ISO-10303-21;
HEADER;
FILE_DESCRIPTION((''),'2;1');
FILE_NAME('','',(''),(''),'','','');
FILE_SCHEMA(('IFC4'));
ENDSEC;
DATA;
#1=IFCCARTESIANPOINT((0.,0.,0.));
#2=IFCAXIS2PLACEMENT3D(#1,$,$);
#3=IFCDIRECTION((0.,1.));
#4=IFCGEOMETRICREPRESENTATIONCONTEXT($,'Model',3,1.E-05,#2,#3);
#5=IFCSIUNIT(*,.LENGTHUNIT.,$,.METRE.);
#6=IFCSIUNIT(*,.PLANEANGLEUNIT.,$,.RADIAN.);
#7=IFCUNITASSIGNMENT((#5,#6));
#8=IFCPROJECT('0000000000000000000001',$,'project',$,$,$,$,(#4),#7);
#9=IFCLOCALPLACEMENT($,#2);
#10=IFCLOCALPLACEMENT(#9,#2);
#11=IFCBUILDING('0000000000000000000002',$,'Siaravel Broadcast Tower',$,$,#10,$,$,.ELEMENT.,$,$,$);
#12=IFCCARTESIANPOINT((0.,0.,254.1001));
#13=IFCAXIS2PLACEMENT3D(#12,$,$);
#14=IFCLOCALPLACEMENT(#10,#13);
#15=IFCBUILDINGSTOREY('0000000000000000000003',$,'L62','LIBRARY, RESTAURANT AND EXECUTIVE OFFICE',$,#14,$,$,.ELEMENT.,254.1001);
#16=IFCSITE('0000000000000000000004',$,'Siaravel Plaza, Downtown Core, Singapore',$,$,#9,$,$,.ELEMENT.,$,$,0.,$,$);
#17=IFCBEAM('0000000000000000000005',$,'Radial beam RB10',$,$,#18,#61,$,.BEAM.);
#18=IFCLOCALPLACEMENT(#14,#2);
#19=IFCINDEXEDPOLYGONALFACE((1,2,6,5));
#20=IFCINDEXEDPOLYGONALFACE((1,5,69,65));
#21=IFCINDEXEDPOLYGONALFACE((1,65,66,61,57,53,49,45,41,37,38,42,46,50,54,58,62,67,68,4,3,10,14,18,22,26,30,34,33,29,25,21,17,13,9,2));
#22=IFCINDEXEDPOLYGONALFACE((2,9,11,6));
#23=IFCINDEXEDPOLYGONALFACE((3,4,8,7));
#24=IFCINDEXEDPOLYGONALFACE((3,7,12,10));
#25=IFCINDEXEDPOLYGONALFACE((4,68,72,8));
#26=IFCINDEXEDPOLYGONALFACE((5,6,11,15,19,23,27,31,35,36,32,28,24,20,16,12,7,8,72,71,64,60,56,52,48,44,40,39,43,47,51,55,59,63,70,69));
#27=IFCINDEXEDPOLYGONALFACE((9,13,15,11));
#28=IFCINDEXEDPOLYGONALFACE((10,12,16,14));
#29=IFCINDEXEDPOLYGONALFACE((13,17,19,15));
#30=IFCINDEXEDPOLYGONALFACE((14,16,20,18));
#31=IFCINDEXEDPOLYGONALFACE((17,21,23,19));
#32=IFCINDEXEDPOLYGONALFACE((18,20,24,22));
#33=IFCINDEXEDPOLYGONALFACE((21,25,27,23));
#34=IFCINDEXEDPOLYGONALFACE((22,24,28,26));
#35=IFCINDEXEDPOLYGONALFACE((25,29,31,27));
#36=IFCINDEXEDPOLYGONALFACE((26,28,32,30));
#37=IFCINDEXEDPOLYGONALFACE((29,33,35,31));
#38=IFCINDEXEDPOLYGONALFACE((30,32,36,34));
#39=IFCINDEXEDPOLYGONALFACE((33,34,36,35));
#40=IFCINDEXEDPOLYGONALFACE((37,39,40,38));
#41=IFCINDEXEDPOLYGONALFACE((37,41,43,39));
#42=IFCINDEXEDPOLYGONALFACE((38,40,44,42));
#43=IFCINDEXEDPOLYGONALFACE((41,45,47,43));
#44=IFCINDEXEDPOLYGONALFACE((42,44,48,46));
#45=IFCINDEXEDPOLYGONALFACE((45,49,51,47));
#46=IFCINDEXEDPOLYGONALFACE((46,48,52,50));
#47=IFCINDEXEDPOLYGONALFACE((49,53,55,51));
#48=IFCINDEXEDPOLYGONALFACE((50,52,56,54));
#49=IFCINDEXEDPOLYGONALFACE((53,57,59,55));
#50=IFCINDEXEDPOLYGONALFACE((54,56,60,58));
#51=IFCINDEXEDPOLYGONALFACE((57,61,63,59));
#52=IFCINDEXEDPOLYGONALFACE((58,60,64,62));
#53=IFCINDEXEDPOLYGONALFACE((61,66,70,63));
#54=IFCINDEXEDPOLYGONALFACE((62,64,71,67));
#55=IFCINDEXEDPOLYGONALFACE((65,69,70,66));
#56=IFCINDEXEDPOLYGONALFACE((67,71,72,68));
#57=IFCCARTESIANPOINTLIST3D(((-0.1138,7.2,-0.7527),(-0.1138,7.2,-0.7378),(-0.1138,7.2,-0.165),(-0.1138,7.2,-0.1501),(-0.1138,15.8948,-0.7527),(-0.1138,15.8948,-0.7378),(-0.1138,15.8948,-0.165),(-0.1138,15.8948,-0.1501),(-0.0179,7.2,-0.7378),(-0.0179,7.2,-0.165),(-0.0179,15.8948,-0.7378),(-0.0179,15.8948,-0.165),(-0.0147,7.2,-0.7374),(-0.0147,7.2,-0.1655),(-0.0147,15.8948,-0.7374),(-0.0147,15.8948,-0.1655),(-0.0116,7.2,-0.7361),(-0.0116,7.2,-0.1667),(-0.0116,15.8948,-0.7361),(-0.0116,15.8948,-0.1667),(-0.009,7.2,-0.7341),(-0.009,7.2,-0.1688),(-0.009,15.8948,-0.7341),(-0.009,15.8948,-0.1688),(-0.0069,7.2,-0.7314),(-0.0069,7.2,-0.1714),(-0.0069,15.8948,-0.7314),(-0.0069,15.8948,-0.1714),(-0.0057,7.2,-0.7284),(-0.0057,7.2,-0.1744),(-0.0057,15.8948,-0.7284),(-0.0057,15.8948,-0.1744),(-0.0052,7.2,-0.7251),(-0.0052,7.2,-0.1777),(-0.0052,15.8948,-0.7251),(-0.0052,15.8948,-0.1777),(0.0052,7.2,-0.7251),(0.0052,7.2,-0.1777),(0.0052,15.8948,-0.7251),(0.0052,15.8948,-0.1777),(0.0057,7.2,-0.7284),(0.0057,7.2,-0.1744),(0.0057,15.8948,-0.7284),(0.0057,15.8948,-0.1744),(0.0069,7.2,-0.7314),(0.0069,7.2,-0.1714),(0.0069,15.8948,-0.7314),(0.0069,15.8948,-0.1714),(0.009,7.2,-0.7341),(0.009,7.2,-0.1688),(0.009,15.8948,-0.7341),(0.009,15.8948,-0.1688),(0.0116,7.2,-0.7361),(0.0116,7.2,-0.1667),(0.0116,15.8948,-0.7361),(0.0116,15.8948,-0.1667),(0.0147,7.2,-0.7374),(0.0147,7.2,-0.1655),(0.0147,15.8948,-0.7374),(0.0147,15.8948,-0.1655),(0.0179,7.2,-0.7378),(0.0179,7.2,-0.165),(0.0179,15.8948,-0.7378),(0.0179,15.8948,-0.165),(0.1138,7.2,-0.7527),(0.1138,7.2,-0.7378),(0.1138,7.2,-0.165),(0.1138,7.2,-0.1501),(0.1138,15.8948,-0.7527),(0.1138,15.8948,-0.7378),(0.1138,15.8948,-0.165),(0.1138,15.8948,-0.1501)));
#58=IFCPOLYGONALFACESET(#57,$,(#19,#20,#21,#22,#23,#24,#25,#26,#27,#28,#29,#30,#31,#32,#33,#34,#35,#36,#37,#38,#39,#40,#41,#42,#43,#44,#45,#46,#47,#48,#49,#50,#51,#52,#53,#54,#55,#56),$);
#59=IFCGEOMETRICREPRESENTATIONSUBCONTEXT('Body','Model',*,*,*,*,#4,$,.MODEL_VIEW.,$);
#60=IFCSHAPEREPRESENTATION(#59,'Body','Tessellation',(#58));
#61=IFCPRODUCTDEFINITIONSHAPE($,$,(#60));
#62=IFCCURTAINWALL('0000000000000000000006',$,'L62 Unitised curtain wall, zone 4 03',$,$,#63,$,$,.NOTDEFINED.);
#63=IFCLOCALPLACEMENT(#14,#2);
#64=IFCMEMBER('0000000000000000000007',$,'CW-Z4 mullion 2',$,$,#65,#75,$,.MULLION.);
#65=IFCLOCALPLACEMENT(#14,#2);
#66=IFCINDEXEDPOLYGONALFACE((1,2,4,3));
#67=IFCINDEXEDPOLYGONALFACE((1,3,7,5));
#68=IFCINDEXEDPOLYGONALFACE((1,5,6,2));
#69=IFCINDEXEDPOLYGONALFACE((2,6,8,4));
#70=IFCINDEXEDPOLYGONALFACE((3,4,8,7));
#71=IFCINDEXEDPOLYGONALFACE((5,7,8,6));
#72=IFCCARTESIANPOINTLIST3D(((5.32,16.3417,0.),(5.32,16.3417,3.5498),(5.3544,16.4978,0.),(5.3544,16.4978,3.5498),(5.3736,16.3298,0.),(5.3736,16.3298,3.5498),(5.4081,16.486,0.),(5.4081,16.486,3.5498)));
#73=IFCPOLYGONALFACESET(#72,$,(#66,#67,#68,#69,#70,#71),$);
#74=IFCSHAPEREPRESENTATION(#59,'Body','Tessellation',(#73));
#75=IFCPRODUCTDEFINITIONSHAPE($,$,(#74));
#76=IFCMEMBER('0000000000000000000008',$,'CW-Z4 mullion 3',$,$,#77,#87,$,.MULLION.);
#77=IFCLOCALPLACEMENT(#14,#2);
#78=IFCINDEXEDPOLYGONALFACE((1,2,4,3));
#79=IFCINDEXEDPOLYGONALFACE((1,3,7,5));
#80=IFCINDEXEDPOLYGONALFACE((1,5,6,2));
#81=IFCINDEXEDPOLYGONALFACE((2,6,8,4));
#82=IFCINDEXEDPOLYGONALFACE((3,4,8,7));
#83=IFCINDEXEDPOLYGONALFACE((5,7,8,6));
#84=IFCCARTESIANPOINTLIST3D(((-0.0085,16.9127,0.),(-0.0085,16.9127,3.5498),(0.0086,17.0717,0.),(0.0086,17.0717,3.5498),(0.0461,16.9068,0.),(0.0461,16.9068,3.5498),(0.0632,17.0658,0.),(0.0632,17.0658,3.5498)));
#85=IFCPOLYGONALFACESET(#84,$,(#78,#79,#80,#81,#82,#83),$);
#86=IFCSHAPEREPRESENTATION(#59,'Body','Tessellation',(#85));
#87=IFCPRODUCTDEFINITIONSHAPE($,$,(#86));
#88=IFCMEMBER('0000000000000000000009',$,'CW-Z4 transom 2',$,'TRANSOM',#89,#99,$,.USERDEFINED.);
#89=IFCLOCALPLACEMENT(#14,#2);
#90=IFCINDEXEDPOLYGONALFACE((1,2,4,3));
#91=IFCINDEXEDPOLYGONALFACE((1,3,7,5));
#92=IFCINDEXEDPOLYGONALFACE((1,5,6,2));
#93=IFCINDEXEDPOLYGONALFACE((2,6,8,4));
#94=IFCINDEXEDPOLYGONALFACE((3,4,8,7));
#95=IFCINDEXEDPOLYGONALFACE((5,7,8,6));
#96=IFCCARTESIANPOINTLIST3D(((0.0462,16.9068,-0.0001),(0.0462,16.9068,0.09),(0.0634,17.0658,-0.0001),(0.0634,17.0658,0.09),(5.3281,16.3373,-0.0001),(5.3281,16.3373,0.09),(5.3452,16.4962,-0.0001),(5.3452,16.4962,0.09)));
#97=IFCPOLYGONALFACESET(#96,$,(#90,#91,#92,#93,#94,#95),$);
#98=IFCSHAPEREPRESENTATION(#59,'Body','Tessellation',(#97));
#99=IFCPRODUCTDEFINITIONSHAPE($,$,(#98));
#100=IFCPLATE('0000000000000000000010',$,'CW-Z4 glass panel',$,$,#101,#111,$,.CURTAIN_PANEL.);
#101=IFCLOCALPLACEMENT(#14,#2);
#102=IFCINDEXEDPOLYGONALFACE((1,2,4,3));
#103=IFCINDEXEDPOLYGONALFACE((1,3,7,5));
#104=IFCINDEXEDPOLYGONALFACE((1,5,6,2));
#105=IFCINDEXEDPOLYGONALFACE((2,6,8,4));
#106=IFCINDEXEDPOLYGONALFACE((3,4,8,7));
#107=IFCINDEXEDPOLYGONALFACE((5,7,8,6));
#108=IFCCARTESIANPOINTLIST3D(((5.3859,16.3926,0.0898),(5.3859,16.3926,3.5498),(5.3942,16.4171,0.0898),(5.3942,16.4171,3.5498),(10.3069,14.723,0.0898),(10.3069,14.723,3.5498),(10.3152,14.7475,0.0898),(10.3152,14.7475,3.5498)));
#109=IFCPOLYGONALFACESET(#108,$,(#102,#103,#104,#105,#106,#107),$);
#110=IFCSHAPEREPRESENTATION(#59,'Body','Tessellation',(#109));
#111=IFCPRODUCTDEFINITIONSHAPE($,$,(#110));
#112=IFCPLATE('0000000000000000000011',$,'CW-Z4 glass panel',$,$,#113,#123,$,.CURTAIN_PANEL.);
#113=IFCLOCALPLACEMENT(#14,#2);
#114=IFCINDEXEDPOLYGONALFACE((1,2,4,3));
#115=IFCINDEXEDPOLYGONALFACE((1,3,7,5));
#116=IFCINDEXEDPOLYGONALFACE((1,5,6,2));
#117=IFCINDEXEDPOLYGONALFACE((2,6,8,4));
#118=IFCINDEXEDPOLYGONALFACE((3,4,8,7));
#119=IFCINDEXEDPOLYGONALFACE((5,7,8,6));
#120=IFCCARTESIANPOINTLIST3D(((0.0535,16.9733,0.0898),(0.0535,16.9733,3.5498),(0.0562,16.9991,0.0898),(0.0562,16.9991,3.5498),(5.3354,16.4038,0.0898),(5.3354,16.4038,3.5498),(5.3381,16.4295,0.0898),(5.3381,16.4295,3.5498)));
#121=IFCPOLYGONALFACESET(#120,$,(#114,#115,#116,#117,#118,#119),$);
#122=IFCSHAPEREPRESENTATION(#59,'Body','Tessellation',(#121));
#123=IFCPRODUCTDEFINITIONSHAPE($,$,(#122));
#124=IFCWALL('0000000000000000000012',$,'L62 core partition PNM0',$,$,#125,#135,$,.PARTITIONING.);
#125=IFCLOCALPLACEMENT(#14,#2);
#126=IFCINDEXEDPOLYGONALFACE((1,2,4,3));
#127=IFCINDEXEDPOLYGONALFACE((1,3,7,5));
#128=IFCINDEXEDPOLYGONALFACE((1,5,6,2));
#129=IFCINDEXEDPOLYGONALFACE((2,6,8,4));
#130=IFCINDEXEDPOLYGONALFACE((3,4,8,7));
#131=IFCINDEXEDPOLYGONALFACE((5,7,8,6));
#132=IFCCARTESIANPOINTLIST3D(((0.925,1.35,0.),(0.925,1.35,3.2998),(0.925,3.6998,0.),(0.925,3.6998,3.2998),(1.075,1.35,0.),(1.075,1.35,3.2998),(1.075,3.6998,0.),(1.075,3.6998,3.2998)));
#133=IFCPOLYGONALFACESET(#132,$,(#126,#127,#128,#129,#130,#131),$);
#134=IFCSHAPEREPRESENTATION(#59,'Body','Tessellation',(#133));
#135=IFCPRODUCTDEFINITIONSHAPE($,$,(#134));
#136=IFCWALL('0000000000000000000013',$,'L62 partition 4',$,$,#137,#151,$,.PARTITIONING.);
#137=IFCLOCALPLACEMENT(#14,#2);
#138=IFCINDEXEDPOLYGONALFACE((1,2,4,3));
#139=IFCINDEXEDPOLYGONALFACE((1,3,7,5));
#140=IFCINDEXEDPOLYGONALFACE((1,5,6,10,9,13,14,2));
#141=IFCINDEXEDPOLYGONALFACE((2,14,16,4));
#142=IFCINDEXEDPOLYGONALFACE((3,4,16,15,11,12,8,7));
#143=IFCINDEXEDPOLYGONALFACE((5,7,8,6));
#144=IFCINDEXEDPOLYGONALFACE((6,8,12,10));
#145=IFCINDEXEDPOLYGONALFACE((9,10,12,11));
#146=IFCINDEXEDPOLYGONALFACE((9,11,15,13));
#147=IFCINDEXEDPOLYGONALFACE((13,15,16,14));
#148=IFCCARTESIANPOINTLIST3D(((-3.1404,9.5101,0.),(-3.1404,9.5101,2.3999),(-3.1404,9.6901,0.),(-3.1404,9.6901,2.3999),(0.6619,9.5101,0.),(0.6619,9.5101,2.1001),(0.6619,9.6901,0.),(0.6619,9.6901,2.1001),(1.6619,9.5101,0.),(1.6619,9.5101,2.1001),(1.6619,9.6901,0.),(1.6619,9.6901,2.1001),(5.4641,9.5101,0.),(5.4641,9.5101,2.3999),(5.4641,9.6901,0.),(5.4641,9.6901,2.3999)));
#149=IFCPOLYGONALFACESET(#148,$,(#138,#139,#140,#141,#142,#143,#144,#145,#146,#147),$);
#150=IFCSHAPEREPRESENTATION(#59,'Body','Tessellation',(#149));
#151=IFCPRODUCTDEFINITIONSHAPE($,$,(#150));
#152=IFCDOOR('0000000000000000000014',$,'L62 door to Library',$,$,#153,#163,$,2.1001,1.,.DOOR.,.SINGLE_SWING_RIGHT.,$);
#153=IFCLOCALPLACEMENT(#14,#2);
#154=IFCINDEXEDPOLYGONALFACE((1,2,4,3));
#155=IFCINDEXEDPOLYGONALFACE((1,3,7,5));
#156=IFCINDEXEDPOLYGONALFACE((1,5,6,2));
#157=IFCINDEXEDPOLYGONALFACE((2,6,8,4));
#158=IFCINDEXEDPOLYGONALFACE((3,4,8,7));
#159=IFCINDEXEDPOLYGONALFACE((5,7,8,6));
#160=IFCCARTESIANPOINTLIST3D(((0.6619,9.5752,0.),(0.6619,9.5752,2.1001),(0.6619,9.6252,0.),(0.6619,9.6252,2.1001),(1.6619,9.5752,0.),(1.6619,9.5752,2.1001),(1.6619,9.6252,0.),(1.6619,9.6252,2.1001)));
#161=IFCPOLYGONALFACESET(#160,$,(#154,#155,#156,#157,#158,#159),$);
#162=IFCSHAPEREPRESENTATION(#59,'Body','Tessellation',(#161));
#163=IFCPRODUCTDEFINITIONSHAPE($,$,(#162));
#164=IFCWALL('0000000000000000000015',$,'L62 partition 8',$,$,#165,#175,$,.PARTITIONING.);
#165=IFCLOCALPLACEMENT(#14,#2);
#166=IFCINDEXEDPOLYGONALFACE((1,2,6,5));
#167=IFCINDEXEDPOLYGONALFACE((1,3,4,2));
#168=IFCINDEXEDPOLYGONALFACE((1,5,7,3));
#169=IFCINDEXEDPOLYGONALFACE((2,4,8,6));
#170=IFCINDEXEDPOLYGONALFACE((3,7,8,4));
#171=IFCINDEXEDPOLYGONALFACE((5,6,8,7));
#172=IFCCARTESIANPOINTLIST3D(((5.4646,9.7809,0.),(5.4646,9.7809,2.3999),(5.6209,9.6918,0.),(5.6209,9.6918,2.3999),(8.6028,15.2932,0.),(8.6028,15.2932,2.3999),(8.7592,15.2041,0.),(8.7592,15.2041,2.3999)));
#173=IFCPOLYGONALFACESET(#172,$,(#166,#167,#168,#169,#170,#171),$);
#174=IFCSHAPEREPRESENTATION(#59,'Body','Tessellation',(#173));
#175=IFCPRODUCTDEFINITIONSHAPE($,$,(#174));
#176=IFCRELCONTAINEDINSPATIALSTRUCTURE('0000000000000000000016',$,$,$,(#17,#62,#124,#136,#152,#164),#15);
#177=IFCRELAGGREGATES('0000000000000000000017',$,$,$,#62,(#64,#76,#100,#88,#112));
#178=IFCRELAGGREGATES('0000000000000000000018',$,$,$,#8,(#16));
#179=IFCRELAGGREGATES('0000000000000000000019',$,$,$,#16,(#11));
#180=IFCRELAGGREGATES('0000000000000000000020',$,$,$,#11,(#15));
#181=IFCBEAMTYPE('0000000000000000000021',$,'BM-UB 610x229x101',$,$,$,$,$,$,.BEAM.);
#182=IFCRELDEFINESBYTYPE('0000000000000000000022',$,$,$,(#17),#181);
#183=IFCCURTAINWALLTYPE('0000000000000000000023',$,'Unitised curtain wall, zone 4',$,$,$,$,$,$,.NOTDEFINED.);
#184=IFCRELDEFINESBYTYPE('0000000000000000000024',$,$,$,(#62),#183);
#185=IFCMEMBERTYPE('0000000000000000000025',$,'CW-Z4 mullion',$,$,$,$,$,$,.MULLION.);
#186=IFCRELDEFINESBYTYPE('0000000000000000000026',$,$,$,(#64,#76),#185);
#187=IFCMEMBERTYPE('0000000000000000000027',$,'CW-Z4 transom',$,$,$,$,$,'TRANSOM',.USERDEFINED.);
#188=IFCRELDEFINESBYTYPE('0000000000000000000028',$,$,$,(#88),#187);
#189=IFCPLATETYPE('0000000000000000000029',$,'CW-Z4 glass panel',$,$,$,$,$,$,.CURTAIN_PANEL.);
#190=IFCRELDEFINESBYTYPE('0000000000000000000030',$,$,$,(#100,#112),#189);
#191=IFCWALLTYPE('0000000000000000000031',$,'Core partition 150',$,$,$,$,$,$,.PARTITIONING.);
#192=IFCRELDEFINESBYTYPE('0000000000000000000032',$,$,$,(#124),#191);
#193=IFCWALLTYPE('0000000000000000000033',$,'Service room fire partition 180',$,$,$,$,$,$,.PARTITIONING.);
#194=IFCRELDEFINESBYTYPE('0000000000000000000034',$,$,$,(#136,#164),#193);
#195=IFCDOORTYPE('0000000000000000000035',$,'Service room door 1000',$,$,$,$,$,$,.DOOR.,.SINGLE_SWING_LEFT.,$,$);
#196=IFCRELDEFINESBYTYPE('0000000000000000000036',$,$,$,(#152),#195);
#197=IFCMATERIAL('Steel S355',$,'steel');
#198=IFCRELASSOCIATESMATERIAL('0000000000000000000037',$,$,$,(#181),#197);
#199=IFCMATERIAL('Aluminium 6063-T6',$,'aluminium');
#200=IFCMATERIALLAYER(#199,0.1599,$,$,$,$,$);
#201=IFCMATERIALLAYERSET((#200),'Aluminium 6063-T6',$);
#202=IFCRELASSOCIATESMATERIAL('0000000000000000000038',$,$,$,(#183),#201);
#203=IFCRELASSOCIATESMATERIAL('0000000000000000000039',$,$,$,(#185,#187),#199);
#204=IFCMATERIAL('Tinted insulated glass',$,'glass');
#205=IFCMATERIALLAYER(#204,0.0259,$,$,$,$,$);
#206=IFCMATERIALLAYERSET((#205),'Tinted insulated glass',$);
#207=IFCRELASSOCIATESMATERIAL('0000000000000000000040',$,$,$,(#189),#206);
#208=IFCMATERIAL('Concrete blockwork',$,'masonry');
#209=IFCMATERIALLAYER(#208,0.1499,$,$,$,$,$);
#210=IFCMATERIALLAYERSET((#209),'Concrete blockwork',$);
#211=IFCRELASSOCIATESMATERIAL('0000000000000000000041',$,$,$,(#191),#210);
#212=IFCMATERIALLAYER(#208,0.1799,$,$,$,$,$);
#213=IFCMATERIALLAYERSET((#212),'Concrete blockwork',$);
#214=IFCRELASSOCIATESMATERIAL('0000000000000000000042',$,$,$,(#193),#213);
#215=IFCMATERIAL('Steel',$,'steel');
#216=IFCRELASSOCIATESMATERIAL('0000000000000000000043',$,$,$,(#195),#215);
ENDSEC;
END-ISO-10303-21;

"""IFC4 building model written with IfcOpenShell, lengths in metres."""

from ifc_helpers import new_model, si_unit, direction, frame, frame_2d, origin, origin_2d, place, context, subcontext, project, spatial, rectangle, i_section, extrude, material, layer, layer_set, material_profile, profile_set, type_object, element, fill, aggregate, save


model = new_model("IFC4")

# Units and contexts
model_context = context("Model", 3, precision=1e-05, world=origin(), true_north=direction((0.0, 1.0)))
body_context = subcontext(model_context, "Body", "Model", "MODEL_VIEW")
ifc_project = project(units=[si_unit("LENGTHUNIT", "METRE"), si_unit("PLANEANGLEUNIT", "RADIAN")], contexts=[model_context])

# Site, building, storey
site_placement = place(None, origin())
site = spatial("IfcSite", under=ifc_project, at=site_placement, Name="Siaravel Plaza, Downtown Core, Singapore", CompositionType="ELEMENT", RefElevation=0.0)
building_placement = place(site_placement, origin())
building = spatial("IfcBuilding", under=site, at=building_placement, Name="Siaravel Broadcast Tower", CompositionType="ELEMENT")
storey_placement = place(building_placement, frame((0.0, 0.0, 254.1001)))
storey = spatial("IfcBuildingStorey", under=building, at=storey_placement, Name="L62", Description="LIBRARY, RESTAURANT AND EXECUTIVE OFFICE", CompositionType="ELEMENT", Elevation=254.1001)

# Beam
ifc_material_1 = material(Name="Steel S355", Category="steel")
ifc_material_profile_1 = material_profile(ifc_material_1, i_section(OverallWidth=0.2275, OverallDepth=0.6025, WebThickness=0.0105, FlangeThickness=0.0149, FilletRadius=0.0127, at=origin_2d()))
ifc_profile_set_1 = profile_set([ifc_material_profile_1], Name="Steel S355")
beam_type = type_object("IfcBeamType", Name="BM-UB 610x229x101", PredefinedType="BEAM", material=ifc_profile_set_1)
beam_1_placement = place(storey_placement, frame((0.0, 15.8948, -0.4514), z_axis=(0.0, -1.0, 0.0), x_axis=(1.0, 0.0, 0.0)))
element("IfcBeam", 1, at=beam_1_placement, inside=storey, type_object=beam_type, Name="Radial beam RB10", PredefinedType="BEAM", context=body_context, shape_type="SweptSolid", body=[
    extrude(i_section(OverallWidth=0.2275, OverallDepth=0.6025, WebThickness=0.0105, FlangeThickness=0.0149, FilletRadius=0.0127, at=origin_2d()), origin(), (0.0, 0.0, 1.0), 8.6948),
])

# Curtain wall, members, plates
ifc_material_2 = material(Name="Aluminium 6063-T6", Category="aluminium")
ifc_layer_1 = layer(ifc_material_2, 0.1599)
ifc_layer_set_1 = layer_set([ifc_layer_1], Name="Aluminium 6063-T6")
curtain_wall_type = type_object("IfcCurtainWallType", Name="Unitised curtain wall, zone 4", PredefinedType="NOTDEFINED", material=ifc_layer_set_1)
curtain_wall_placement = place(storey_placement, origin())
curtain_wall = element("IfcCurtainWall", 2, at=curtain_wall_placement, inside=storey, type_object=curtain_wall_type, Name="L62 Unitised curtain wall, zone 4 03", PredefinedType="NOTDEFINED")
ifc_material_profile_2 = material_profile(ifc_material_2, rectangle(XDim=0.1599, YDim=0.0549, at=origin_2d()))
ifc_profile_set_2 = profile_set([ifc_material_profile_2], Name="Aluminium 6063-T6")
member_type_1 = type_object("IfcMemberType", Name="CW-Z4 mullion", PredefinedType="MULLION", material=ifc_profile_set_2)
member_1_placement = place(storey_placement, frame((5.364, 16.4138, 0.0), z_axis=(0.0, 0.0, 1.0), x_axis=(-0.215559, -0.976491, 0.0)))
member_1 = element("IfcMember", 3, at=member_1_placement, type_object=member_type_1, Name="CW-Z4 mullion 2", PredefinedType="MULLION", context=body_context, shape_type="SweptSolid", body=[
    extrude(rectangle(XDim=0.1599, YDim=0.0549, at=origin_2d()), origin(), (0.0, 0.0, 1.0), 3.5498),
])
member_2_placement = place(storey_placement, frame((0.0273, 16.9893, 0.0), z_axis=(0.0, 0.0, 1.0), x_axis=(-0.107218, -0.994236, 0.0)))
member_2 = element("IfcMember", 4, at=member_2_placement, type_object=member_type_1, Name="CW-Z4 mullion 3", PredefinedType="MULLION", context=body_context, shape_type="SweptSolid", body=[
    extrude(rectangle(XDim=0.1599, YDim=0.0549, at=origin_2d()), origin(), (0.0, 0.0, 1.0), 3.5498),
])
ifc_material_profile_3 = material_profile(ifc_material_2, rectangle(XDim=0.1599, YDim=0.0901, at=origin_2d()))
ifc_profile_set_3 = profile_set([ifc_material_profile_3], Name="Aluminium 6063-T6")
member_type_2 = type_object("IfcMemberType", Name="CW-Z4 transom", ElementType="TRANSOM", PredefinedType="USERDEFINED", material=ifc_profile_set_3)
member_3_placement = place(storey_placement, frame((5.3367, 16.4167, 0.0449), z_axis=(-0.994236, 0.107213, 0.0), x_axis=(-0.107213, -0.994236, 0.0)))
member_3 = element("IfcMember", 5, at=member_3_placement, type_object=member_type_2, Name="CW-Z4 transom 2", ObjectType="TRANSOM", PredefinedType="USERDEFINED", context=body_context, shape_type="SweptSolid", body=[
    extrude(rectangle(XDim=0.1599, YDim=0.0901, at=origin_2d()), origin(), (0.0, 0.0, 1.0), 5.3125),
])
ifc_material_3 = material(Name="Tinted insulated glass", Category="glass")
ifc_layer_2 = layer(ifc_material_3, 0.0259)
ifc_layer_set_2 = layer_set([ifc_layer_2], Name="Tinted insulated glass")
plate_type = type_object("IfcPlateType", Name="CW-Z4 glass panel", PredefinedType="CURTAIN_PANEL", material=ifc_layer_set_2)
plate_1_placement = place(storey_placement, frame((7.8506, 15.5701, 0.0898), z_axis=(0.0, 0.0, 1.0), x_axis=(-0.946977, 0.321302, 0.0)))
plate_1 = element("IfcPlate", 6, at=plate_1_placement, type_object=plate_type, Name="CW-Z4 glass panel", PredefinedType="CURTAIN_PANEL", context=body_context, shape_type="SweptSolid", body=[
    extrude(rectangle(XDim=5.1965, YDim=0.0259, at=origin_2d()), origin(), (0.0, 0.0, 1.0), 3.46),
])
plate_2_placement = place(storey_placement, frame((2.6958, 16.7014, 0.0898), z_axis=(0.0, 0.0, 1.0), x_axis=(-0.994236, 0.107218, 0.0)))
plate_2 = element("IfcPlate", 7, at=plate_2_placement, type_object=plate_type, Name="CW-Z4 glass panel", PredefinedType="CURTAIN_PANEL", context=body_context, shape_type="SweptSolid", body=[
    extrude(rectangle(XDim=5.3125, YDim=0.0259, at=origin_2d()), origin(), (0.0, 0.0, 1.0), 3.46),
])
aggregate(curtain_wall, [member_1, member_2, plate_1, member_3, plate_2])

# Wall
ifc_material_4 = material(Name="Concrete blockwork", Category="masonry")
ifc_layer_3 = layer(ifc_material_4, 0.1499)
ifc_layer_set_3 = layer_set([ifc_layer_3], Name="Concrete blockwork")
wall_type_1 = type_object("IfcWallType", Name="Core partition 150", PredefinedType="PARTITIONING", material=ifc_layer_set_3)
wall_1_placement = place(storey_placement, frame((1.0, 1.3501, 0.0), z_axis=(0.0, 0.0, 1.0), x_axis=(0.0, 1.0, 0.0)))
element("IfcWall", 8, at=wall_1_placement, inside=storey, type_object=wall_type_1, Name="L62 core partition PNM0", PredefinedType="PARTITIONING", context=body_context, shape_type="SweptSolid", body=[
    extrude(rectangle(XDim=2.3499, YDim=0.1499, at=frame_2d((1.1748, 0.0))), origin(), (0.0, 0.0, 1.0), 3.2998),
])

# Wall, opening, door
ifc_layer_4 = layer(ifc_material_4, 0.1799)
ifc_layer_set_4 = layer_set([ifc_layer_4], Name="Concrete blockwork")
wall_type_2 = type_object("IfcWallType", Name="Service room fire partition 180", PredefinedType="PARTITIONING", material=ifc_layer_set_4)
wall_2_placement = place(storey_placement, frame((5.4641, 9.6001, 0.0), z_axis=(0.0, 0.0, 1.0), x_axis=(-1.0, 0.0, 0.0)))
wall_2 = element("IfcWall", 9, at=wall_2_placement, inside=storey, type_object=wall_type_2, Name="L62 partition 4", PredefinedType="PARTITIONING", context=body_context, shape_type="SweptSolid", body=[
    extrude(rectangle(XDim=8.6045, YDim=0.1799, at=frame_2d((4.3022, 0.0))), origin(), (0.0, 0.0, 1.0), 2.3999),
])
opening_1_placement = place(wall_2_placement, frame((3.8022, 0.0, 0.0)))
opening_1 = element("IfcOpeningElement", 10, at=opening_1_placement, cuts=wall_2, PredefinedType="OPENING", context=body_context, shape_type="SweptSolid", body=[
    extrude(rectangle(XDim=1.0, YDim=2.1001, at=frame_2d((0.5, 1.05))), frame((0.0, 0.0999, 0.0), z_axis=(0.0, -1.0, 0.0), x_axis=(1.0, 0.0, 0.0)), (0.0, 0.0, 1.0), 0.2),
])
ifc_material_5 = material(Name="Steel", Category="steel")
door_type_1 = type_object("IfcDoorType", Name="Service room door 1000", OperationType="SINGLE_SWING_LEFT", PredefinedType="DOOR", material=ifc_material_5)
door_1_placement = place(opening_1_placement, origin())
door_1 = element("IfcDoor", 11, at=door_1_placement, inside=storey, type_object=door_type_1, Name="L62 door to Library", OperationType="SINGLE_SWING_RIGHT", OverallHeight=2.1001, OverallWidth=1.0, PredefinedType="DOOR", context=body_context, shape_type="SweptSolid", body=[
    extrude(rectangle(XDim=1.0, YDim=2.1001, at=frame_2d((0.5, 1.05))), frame((0.0, 0.0249, 0.0), z_axis=(0.0, -1.0, 0.0), x_axis=(1.0, 0.0, 0.0)), (0.0, 0.0, 1.0), 0.05),
])
fill(opening_1, door_1)

# Wall
wall_3_placement = place(storey_placement, frame((8.6809, 15.2485, 0.0), z_axis=(0.0, 0.0, 1.0), x_axis=(-0.494754, -0.869033, 0.0)))
element("IfcWall", 12, at=wall_3_placement, inside=storey, type_object=wall_type_2, Name="L62 partition 8", PredefinedType="PARTITIONING", context=body_context, shape_type="SweptSolid", body=[
    extrude(rectangle(XDim=6.343, YDim=0.1799, at=frame_2d((3.1714, 0.0))), origin(), (0.0, 0.0, 1.0), 2.3999),
])

save(model, "model.ifc")
